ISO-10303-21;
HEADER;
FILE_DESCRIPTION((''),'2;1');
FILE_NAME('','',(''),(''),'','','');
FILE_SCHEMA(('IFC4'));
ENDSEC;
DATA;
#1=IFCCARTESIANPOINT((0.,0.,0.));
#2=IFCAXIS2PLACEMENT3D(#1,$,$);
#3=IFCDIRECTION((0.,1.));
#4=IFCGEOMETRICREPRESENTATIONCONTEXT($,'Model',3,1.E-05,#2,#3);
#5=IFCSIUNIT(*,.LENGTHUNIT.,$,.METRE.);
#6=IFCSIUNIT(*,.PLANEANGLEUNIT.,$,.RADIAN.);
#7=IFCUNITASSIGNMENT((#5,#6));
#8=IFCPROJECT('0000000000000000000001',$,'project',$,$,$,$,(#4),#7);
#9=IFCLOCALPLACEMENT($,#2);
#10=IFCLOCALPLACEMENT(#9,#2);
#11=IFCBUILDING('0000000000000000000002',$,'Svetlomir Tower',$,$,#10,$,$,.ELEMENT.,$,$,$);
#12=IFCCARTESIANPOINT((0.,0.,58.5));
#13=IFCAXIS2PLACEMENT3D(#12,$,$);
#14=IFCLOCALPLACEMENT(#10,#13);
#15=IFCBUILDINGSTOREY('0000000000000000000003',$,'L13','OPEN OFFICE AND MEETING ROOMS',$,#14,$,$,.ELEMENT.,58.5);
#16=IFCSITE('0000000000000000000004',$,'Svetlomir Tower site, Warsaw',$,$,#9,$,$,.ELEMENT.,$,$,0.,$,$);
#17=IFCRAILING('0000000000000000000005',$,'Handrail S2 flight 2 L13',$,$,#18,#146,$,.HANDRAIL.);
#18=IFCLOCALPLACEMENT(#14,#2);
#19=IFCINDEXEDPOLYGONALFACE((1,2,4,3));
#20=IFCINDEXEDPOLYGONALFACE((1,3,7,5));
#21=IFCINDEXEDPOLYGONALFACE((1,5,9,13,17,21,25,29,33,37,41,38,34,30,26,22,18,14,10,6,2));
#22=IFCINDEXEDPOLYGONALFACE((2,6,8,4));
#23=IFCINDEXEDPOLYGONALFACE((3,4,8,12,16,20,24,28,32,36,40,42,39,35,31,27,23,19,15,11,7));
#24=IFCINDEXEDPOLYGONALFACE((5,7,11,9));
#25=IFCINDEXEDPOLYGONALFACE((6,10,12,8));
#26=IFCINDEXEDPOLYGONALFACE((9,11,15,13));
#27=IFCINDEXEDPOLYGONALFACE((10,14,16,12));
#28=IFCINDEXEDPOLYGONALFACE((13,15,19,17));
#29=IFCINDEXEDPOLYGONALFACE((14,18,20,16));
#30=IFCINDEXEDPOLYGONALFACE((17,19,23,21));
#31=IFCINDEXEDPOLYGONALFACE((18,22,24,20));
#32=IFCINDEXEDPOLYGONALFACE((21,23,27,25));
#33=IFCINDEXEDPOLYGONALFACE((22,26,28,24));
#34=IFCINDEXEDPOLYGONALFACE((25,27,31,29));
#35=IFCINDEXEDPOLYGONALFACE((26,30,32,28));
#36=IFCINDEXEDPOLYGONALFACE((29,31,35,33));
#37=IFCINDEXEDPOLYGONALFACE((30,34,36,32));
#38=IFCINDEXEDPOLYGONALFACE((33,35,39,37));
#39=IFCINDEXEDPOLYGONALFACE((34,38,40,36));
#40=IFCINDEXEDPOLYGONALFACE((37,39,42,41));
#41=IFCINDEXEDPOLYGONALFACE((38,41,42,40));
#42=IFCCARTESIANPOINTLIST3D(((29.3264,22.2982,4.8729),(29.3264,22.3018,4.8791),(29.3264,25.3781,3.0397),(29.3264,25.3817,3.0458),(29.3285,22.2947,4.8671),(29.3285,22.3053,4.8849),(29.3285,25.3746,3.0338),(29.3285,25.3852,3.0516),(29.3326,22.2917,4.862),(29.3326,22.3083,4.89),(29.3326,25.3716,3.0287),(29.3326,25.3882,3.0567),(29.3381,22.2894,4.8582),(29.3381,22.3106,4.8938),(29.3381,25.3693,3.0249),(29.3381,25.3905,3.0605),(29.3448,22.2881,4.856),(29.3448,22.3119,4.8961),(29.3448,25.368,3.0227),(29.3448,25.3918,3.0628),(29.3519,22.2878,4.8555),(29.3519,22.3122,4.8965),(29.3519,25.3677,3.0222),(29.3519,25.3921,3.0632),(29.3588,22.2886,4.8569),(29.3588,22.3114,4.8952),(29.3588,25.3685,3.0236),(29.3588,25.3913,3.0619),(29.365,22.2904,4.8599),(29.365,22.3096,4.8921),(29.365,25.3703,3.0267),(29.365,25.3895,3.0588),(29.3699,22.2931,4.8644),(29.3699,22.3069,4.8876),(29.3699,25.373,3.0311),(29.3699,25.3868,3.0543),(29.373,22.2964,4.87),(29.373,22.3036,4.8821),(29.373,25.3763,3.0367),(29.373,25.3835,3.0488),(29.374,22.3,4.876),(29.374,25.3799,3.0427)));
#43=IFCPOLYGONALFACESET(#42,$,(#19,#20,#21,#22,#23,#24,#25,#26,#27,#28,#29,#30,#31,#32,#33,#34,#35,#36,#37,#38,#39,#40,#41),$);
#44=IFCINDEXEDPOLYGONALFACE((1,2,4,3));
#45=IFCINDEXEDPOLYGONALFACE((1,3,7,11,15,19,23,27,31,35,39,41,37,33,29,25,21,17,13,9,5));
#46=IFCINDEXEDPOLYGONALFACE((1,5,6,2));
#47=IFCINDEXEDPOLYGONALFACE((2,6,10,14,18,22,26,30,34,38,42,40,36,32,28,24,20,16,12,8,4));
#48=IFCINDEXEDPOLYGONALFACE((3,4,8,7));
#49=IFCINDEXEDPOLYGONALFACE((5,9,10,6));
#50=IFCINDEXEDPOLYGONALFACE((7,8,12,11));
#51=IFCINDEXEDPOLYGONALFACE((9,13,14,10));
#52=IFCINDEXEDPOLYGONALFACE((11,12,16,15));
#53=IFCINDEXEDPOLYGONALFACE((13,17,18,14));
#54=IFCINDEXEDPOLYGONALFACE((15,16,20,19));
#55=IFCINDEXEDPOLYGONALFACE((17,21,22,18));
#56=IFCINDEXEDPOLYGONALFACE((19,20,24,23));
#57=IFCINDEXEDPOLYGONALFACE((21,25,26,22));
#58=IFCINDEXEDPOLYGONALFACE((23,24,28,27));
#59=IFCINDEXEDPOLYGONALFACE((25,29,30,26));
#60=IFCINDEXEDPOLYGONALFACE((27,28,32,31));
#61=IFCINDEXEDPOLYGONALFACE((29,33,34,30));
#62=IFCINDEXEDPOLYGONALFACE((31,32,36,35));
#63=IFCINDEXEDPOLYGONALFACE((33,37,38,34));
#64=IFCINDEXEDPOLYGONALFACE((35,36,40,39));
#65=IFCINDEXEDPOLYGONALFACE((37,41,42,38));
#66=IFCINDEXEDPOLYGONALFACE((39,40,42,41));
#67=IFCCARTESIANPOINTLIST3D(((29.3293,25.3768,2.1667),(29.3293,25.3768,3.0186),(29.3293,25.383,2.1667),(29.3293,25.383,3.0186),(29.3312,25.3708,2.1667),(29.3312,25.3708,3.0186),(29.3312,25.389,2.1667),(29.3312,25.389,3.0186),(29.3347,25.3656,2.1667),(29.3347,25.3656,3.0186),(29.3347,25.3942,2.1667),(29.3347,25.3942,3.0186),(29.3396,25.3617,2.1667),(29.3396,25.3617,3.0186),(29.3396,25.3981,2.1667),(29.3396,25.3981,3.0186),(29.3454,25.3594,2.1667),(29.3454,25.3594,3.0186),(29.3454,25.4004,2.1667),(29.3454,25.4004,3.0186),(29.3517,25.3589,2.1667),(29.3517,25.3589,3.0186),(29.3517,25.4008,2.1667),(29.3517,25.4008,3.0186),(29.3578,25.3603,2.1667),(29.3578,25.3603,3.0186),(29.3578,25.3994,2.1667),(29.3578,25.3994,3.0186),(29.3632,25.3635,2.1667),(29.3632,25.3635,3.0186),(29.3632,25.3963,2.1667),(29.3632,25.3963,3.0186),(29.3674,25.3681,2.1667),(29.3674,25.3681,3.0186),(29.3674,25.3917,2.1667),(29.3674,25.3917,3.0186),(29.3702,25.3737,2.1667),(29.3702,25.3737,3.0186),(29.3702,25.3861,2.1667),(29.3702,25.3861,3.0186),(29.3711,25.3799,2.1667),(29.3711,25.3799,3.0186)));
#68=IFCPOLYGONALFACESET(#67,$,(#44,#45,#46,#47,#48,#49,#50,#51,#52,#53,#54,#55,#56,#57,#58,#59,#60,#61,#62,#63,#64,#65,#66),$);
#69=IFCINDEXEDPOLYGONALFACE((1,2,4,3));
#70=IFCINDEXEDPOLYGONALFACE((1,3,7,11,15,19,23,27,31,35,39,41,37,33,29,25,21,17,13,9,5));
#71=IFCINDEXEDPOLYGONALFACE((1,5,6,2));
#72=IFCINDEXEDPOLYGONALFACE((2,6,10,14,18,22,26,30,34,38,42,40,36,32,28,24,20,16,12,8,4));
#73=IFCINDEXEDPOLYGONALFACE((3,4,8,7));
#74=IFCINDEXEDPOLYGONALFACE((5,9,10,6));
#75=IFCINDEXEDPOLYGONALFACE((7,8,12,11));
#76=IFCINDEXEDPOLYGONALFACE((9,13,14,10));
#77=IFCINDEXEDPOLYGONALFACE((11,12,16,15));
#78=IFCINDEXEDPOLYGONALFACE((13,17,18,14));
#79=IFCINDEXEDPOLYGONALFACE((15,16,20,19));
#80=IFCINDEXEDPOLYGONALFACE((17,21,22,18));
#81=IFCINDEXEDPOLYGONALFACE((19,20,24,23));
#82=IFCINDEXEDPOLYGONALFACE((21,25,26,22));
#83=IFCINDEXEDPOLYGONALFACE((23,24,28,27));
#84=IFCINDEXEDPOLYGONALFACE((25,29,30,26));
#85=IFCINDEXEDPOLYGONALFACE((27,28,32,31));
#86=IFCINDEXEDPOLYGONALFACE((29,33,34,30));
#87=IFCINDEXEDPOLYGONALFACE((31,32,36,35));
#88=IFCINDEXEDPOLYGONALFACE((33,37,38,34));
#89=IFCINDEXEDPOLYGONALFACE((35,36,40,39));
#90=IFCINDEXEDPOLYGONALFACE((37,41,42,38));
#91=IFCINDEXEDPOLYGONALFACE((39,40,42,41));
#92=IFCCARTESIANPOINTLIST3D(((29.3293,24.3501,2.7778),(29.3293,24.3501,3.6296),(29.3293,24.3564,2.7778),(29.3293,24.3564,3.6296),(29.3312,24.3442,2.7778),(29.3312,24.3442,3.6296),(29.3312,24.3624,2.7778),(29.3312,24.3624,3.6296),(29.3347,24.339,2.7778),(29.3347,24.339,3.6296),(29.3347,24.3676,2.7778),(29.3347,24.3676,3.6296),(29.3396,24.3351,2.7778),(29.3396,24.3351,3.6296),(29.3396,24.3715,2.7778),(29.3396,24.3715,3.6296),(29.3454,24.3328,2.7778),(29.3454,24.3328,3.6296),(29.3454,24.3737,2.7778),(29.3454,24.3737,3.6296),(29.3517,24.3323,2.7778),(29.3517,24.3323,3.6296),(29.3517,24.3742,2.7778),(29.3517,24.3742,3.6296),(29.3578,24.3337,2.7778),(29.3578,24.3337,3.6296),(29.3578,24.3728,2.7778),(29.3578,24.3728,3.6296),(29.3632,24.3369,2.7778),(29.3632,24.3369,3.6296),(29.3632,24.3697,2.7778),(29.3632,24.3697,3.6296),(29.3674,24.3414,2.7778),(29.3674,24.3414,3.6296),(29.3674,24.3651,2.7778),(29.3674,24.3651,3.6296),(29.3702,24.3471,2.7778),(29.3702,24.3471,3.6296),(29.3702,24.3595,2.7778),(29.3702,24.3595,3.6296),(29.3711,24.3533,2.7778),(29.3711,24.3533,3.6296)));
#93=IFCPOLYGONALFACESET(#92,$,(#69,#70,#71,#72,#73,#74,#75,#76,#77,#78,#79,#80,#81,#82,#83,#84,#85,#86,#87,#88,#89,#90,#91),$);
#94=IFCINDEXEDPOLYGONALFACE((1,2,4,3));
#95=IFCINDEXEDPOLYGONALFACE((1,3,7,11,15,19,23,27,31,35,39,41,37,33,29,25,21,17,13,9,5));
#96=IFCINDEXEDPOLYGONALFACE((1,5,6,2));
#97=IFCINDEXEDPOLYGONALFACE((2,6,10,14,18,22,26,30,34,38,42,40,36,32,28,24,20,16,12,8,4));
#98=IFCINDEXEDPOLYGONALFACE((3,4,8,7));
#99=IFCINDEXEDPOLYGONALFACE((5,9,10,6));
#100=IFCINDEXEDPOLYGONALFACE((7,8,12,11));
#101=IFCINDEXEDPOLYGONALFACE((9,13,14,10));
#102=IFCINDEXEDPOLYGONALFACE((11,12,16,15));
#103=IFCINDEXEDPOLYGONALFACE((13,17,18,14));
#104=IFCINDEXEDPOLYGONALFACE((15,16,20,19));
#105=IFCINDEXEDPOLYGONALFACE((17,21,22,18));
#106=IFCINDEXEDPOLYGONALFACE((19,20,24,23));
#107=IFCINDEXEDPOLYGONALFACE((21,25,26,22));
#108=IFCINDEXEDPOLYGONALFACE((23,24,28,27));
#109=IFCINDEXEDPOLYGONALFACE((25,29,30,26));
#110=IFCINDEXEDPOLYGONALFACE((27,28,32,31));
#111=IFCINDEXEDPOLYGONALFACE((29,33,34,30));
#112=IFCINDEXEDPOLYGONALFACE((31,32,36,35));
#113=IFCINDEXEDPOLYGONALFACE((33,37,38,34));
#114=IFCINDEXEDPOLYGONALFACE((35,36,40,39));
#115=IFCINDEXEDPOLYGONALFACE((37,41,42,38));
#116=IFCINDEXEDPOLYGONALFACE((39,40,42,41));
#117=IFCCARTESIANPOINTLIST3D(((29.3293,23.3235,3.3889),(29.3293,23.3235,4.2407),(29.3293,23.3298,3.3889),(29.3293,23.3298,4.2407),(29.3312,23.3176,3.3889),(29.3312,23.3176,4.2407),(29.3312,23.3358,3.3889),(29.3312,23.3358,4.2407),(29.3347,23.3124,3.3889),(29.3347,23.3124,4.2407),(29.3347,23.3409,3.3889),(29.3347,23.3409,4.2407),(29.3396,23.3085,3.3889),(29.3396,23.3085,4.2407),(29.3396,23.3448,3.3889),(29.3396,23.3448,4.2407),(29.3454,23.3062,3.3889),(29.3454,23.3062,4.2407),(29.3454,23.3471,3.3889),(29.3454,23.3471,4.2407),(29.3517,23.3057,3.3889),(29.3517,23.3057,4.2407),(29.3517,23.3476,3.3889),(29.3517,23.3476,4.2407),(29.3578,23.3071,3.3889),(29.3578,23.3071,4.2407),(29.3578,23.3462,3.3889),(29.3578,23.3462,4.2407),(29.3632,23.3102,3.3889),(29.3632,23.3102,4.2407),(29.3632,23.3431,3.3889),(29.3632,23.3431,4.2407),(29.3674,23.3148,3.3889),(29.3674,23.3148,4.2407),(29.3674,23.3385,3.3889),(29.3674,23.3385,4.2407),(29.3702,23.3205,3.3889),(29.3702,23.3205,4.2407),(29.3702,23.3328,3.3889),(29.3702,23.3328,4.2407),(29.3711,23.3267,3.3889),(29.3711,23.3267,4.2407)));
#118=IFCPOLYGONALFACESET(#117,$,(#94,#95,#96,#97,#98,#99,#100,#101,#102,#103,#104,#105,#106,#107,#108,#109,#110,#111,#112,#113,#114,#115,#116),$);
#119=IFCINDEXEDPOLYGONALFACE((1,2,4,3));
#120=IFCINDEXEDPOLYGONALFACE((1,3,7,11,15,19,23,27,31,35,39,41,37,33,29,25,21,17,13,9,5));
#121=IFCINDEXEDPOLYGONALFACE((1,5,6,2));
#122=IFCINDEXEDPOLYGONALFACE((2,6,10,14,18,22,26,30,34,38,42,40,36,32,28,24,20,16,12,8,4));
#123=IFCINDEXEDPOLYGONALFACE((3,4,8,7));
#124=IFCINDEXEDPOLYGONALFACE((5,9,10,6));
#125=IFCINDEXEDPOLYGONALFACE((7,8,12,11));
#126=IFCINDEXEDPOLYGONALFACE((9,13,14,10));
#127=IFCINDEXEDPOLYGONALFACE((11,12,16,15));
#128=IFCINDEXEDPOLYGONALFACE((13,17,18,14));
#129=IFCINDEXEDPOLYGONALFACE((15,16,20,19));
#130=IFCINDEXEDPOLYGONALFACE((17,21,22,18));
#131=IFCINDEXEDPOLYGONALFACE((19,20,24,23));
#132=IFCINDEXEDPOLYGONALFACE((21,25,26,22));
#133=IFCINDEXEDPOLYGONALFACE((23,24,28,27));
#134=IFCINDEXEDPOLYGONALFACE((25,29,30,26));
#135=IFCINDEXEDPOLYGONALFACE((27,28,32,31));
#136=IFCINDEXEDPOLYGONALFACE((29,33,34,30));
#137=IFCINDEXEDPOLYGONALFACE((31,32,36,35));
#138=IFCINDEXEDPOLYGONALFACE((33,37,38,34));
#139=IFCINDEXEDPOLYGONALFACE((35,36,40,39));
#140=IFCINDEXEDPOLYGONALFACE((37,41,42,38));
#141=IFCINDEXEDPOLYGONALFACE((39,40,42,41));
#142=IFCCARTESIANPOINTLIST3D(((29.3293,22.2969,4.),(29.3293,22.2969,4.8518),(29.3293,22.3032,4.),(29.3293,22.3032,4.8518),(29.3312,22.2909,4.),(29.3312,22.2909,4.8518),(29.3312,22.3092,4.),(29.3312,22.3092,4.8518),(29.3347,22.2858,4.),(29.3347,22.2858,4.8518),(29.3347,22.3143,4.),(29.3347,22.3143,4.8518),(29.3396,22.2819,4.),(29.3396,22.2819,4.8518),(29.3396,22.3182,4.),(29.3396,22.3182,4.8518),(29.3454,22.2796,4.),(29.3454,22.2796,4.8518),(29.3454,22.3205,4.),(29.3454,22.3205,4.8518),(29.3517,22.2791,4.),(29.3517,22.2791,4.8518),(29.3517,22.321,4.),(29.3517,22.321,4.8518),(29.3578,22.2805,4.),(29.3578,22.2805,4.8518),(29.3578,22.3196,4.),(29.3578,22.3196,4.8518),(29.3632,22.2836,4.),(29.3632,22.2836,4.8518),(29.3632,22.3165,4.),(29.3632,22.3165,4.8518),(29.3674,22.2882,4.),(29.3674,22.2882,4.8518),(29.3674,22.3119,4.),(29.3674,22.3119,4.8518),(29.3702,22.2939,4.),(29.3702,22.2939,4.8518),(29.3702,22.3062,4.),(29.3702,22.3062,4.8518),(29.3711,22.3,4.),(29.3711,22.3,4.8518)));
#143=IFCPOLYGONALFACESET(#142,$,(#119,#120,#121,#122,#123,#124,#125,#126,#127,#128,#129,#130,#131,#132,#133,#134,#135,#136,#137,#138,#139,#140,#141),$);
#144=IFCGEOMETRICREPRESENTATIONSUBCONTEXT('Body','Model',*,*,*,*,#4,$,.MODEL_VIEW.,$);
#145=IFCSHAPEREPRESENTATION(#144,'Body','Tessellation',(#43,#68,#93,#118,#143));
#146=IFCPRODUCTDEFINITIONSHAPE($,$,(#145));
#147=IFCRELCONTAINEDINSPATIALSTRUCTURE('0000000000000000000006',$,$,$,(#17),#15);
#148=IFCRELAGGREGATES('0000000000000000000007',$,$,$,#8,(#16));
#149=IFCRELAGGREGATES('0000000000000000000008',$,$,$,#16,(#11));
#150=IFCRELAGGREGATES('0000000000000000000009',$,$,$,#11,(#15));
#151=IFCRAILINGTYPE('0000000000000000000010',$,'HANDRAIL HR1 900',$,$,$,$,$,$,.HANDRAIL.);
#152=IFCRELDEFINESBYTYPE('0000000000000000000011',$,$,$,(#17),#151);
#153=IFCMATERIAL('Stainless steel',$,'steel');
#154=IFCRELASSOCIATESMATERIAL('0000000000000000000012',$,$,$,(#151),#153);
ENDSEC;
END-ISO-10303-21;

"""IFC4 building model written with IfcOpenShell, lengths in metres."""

from ifc_helpers import new_model, si_unit, direction, frame, origin, origin_2d, place, context, subcontext, project, spatial, circle, extrude, material, type_object, element, save


model = new_model("IFC4")

# Units and contexts
model_context = context("Model", 3, precision=1e-05, world=origin(), true_north=direction((0.0, 1.0)))
body_context = subcontext(model_context, "Body", "Model", "MODEL_VIEW")
ifc_project = project(units=[si_unit("LENGTHUNIT", "METRE"), si_unit("PLANEANGLEUNIT", "RADIAN")], contexts=[model_context])

# Site, building, storey
site_placement = place(None, origin())
site = spatial("IfcSite", under=ifc_project, at=site_placement, Name="Svetlomir Tower site, Warsaw", CompositionType="ELEMENT", RefElevation=0.0)
building_placement = place(site_placement, origin())
building = spatial("IfcBuilding", under=site, at=building_placement, Name="Svetlomir Tower", CompositionType="ELEMENT")
storey_placement = place(building_placement, frame((0.0, 0.0, 58.5)))
storey = spatial("IfcBuildingStorey", under=building, at=storey_placement, Name="L13", Description="OPEN OFFICE AND MEETING ROOMS", CompositionType="ELEMENT", Elevation=58.5)

# Railing
ifc_material_1 = material(Name="Stainless steel", Category="steel")
railing_type = type_object("IfcRailingType", Name="HANDRAIL HR1 900", PredefinedType="HANDRAIL", material=ifc_material_1)
railing_1_placement = place(storey_placement, frame((29.3501, 25.3799, 2.1667)))
element("IfcRailing", 1, at=railing_1_placement, inside=storey, type_object=railing_type, Name="Handrail S2 flight 2 L13", PredefinedType="HANDRAIL", context=body_context, shape_type="SweptSolid", body=[
    extrude(circle(Radius=0.0239, at=origin_2d()), frame((0.0, 0.0, 0.876), z_axis=(0.0, -0.859291, 0.511487), x_axis=(1.0, 0.0, 0.0)), (0.0, 0.0, 1.0), 3.5842),
    extrude(circle(Radius=0.021, at=origin_2d()), origin(), (0.0, 0.0, 1.0), 0.8518),
    extrude(circle(Radius=0.021, at=origin_2d()), frame((0.0, -1.0266, 0.6111)), (0.0, 0.0, 1.0), 0.8518),
    extrude(circle(Radius=0.021, at=origin_2d()), frame((0.0, -2.0532, 1.2222)), (0.0, 0.0, 1.0), 0.8518),
    extrude(circle(Radius=0.021, at=origin_2d()), frame((0.0, -3.0798, 1.8333)), (0.0, 0.0, 1.0), 0.8518),
])

save(model, "model.ifc")
